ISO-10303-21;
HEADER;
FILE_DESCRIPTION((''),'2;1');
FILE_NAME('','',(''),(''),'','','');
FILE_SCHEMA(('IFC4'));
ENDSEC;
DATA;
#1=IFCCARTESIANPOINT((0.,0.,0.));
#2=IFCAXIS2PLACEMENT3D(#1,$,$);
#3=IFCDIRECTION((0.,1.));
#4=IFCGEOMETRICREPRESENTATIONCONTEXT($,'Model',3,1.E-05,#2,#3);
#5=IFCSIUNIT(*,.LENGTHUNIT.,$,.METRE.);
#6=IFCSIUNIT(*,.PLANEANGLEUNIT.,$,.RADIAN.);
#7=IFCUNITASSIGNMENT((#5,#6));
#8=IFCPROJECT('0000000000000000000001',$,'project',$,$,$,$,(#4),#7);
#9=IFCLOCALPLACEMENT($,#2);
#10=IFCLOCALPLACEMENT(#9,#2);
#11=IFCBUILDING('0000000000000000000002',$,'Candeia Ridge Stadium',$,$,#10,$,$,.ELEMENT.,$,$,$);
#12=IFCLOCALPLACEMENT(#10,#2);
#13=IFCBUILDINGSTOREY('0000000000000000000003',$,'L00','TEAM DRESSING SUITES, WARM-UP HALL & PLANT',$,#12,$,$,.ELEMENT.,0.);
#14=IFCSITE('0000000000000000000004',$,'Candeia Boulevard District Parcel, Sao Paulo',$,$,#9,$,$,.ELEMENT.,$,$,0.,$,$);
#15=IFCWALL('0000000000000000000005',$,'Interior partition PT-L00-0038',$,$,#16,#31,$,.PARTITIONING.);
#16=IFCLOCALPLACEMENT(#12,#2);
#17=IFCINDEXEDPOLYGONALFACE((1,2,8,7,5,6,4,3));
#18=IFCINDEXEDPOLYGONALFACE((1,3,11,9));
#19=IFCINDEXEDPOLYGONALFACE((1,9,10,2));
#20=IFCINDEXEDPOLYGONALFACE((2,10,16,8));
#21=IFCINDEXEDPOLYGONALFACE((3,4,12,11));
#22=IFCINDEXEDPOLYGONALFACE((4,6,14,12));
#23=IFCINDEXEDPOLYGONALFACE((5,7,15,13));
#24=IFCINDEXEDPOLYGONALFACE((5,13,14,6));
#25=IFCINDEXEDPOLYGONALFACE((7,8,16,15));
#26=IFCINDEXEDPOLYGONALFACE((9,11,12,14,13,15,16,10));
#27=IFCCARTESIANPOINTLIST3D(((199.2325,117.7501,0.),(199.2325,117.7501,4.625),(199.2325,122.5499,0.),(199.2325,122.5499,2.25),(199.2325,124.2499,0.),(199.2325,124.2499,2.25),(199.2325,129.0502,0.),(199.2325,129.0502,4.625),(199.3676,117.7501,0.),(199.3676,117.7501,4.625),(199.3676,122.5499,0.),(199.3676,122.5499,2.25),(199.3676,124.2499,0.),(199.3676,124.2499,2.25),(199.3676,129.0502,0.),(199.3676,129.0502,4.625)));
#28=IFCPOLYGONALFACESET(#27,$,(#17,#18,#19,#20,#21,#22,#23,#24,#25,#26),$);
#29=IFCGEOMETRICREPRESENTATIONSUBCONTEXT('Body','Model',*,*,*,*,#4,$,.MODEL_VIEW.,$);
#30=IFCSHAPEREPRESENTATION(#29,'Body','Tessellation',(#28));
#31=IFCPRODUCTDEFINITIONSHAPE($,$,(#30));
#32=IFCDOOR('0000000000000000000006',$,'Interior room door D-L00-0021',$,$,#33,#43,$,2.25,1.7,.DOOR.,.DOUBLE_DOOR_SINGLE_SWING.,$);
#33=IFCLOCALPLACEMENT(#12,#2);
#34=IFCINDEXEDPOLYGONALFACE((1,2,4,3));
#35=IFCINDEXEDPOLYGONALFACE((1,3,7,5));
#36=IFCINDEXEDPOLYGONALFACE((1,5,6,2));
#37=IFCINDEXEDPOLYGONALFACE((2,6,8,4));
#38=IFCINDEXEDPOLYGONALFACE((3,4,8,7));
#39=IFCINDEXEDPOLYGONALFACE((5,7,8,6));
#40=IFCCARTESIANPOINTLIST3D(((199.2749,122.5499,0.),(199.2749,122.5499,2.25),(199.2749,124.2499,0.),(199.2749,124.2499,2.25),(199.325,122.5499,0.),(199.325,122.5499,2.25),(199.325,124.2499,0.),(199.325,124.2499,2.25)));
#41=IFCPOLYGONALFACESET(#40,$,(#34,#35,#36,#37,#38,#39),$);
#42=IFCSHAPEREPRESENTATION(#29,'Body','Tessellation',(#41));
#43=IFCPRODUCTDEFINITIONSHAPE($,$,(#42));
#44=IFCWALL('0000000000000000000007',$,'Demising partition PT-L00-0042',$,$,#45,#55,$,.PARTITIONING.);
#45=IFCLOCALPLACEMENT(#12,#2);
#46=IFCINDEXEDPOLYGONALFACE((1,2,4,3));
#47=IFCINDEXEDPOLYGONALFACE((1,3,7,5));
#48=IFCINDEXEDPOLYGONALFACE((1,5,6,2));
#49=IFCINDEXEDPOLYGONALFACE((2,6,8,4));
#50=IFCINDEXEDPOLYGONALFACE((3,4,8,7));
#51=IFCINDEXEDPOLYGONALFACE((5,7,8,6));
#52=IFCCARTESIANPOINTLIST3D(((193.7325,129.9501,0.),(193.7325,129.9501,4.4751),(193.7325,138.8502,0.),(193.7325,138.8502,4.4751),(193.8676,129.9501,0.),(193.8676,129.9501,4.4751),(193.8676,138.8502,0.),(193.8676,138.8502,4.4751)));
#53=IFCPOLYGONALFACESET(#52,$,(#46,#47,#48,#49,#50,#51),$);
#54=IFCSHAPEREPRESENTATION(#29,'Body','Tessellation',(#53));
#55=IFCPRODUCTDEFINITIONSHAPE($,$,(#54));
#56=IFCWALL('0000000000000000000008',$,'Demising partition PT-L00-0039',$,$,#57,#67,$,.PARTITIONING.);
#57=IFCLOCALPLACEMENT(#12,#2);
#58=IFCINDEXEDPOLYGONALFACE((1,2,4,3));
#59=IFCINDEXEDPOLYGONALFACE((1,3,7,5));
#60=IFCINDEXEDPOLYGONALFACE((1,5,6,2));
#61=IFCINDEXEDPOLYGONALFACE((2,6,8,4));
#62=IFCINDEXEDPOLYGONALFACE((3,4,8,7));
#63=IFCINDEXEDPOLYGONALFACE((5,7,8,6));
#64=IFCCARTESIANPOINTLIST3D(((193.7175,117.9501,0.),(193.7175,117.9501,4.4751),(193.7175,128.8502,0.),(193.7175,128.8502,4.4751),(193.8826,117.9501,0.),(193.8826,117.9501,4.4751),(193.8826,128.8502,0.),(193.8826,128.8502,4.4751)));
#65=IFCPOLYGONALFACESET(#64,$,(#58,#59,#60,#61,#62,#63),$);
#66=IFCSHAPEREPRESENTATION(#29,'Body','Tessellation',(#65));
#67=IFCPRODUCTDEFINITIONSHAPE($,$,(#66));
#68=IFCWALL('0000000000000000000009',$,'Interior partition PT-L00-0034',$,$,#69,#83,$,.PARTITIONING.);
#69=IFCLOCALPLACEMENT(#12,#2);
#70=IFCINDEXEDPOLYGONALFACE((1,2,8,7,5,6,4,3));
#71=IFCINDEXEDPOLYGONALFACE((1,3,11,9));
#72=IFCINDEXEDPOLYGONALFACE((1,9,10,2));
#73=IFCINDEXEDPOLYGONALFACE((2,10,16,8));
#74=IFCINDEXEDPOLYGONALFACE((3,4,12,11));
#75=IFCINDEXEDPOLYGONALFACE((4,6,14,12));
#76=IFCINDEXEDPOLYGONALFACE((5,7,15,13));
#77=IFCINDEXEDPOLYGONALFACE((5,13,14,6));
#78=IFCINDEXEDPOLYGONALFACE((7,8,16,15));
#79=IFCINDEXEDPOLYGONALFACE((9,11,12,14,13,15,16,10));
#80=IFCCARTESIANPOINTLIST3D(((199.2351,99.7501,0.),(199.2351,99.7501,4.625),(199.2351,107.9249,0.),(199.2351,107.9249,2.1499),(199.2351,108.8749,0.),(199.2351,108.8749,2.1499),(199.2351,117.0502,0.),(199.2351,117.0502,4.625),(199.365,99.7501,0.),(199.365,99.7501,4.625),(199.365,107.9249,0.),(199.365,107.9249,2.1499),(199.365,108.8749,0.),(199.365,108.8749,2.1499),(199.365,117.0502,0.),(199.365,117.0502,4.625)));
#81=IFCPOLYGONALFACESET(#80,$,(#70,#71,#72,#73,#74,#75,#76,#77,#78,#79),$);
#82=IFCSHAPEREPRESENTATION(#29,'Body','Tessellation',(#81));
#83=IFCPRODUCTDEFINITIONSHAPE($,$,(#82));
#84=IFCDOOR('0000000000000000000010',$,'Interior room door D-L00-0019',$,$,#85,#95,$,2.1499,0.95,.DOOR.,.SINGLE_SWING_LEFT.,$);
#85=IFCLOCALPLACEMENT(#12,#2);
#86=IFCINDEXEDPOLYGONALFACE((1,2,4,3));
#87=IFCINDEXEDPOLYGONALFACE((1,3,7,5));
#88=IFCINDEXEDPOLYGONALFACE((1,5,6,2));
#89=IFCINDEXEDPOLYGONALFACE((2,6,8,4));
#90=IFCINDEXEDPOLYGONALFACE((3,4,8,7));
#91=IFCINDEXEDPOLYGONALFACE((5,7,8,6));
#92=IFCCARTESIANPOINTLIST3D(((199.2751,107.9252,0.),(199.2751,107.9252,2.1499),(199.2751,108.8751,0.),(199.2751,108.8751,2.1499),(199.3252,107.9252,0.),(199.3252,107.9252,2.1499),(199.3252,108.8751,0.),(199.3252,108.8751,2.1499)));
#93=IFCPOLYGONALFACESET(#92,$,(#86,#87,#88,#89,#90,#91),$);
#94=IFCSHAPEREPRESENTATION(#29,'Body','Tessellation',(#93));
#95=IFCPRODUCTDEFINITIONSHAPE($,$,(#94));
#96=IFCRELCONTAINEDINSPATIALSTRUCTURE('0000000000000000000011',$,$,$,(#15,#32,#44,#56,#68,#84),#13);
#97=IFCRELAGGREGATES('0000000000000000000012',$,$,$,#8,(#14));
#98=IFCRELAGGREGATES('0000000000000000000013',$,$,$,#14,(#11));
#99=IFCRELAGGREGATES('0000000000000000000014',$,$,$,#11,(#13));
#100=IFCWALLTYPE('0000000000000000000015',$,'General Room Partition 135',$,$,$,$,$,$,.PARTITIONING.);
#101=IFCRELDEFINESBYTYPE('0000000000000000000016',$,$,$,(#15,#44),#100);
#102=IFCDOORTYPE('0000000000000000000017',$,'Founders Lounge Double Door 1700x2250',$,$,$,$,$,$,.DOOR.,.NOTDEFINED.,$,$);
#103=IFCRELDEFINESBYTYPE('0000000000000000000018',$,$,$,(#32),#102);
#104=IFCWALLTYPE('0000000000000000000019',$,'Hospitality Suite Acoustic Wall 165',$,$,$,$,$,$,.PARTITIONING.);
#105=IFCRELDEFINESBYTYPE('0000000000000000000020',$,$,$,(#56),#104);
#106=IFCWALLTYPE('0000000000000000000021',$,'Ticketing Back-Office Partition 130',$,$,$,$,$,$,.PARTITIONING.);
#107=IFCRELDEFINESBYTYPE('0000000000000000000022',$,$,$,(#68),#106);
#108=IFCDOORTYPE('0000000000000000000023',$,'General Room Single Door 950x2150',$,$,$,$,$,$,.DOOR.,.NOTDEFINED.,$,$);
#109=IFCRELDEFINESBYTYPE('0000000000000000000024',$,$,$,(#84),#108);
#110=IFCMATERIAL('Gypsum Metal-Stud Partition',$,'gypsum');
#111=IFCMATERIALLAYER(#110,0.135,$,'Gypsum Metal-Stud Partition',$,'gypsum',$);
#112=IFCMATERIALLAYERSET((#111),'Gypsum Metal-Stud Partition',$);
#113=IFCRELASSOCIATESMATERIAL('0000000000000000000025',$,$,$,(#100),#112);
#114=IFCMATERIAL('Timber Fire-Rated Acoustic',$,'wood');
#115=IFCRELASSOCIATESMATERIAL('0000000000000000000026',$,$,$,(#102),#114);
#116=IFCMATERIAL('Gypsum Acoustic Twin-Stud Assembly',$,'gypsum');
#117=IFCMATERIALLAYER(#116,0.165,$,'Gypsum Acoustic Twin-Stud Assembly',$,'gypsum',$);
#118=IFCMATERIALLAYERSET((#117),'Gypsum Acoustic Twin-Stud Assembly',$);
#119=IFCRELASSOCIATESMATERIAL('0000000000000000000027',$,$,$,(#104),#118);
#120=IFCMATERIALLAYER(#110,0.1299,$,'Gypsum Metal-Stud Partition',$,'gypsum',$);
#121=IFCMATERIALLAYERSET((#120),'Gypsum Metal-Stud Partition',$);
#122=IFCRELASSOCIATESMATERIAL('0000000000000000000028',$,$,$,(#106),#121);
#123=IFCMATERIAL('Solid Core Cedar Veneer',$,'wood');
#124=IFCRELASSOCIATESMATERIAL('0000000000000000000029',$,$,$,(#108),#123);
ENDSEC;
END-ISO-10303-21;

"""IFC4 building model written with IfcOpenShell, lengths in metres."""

from ifc_helpers import new_model, si_unit, direction, frame, frame_2d, origin, place, context, subcontext, project, spatial, rectangle, extrude, material, layer, layer_set, type_object, element, fill, save


model = new_model("IFC4")

# Units and contexts
model_context = context("Model", 3, precision=1e-05, world=origin(), true_north=direction((0.0, 1.0)))
body_context = subcontext(model_context, "Body", "Model", "MODEL_VIEW")
ifc_project = project(units=[si_unit("LENGTHUNIT", "METRE"), si_unit("PLANEANGLEUNIT", "RADIAN")], contexts=[model_context])

# Site, building, storey
site_placement = place(None, origin())
site = spatial("IfcSite", under=ifc_project, at=site_placement, Name="Candeia Boulevard District Parcel, Sao Paulo", CompositionType="ELEMENT", RefElevation=0.0)
building_placement = place(site_placement, origin())
building = spatial("IfcBuilding", under=site, at=building_placement, Name="Candeia Ridge Stadium", CompositionType="ELEMENT")
storey_placement = place(building_placement, origin())
storey = spatial("IfcBuildingStorey", under=building, at=storey_placement, Name="L00", Description="TEAM DRESSING SUITES, WARM-UP HALL & PLANT", CompositionType="ELEMENT", Elevation=0.0)

# Wall, opening, door
ifc_material_1 = material(Name="Gypsum Acoustic Twin-Stud Assembly", Category="gypsum")
ifc_material_2 = material(Name="Gypsum Metal-Stud Partition", Category="gypsum")
ifc_layer_1 = layer(ifc_material_2, 0.135, Name="Gypsum Metal-Stud Partition", Category="gypsum")
ifc_layer_set_1 = layer_set([ifc_layer_1], Name="Gypsum Metal-Stud Partition")
wall_type_1 = type_object("IfcWallType", Name="General Room Partition 135", PredefinedType="PARTITIONING", material=ifc_layer_set_1)
wall_1_placement = place(storey_placement, frame((199.3, 129.05, 0.0), z_axis=(0.0, 0.0, 1.0), x_axis=(0.0, -1.0, 0.0)))
wall_1 = element("IfcWall", 1, at=wall_1_placement, inside=storey, type_object=wall_type_1, Name="Interior partition PT-L00-0038", PredefinedType="PARTITIONING", context=body_context, shape_type="SweptSolid", body=[
    extrude(rectangle(XDim=11.3, YDim=0.135, at=frame_2d((5.6499, 0.0))), origin(), (0.0, 0.0, 1.0), 4.625),
])
opening_1_placement = place(wall_1_placement, frame((4.8, 0.0, 0.0)))
opening_1 = element("IfcOpeningElement", 2, at=opening_1_placement, cuts=wall_1, PredefinedType="OPENING", context=body_context, shape_type="SweptSolid", body=[
    extrude(rectangle(XDim=1.7, YDim=2.25, at=frame_2d((0.8501, 1.125))), frame((0.0, 0.0774, 0.0), z_axis=(0.0, -1.0, 0.0), x_axis=(1.0, 0.0, 0.0)), (0.0, 0.0, 1.0), 0.155),
])
ifc_material_3 = material(Name="Timber Fire-Rated Acoustic", Category="wood")
door_type_1 = type_object("IfcDoorType", Name="Founders Lounge Double Door 1700x2250", OperationType="NOTDEFINED", PredefinedType="DOOR", material=ifc_material_3)
door_1_placement = place(opening_1_placement, origin())
door_1 = element("IfcDoor", 3, at=door_1_placement, inside=storey, type_object=door_type_1, Name="Interior room door D-L00-0021", OperationType="DOUBLE_DOOR_SINGLE_SWING", OverallHeight=2.25, OverallWidth=1.7, PredefinedType="DOOR", context=body_context, shape_type="SweptSolid", body=[
    extrude(rectangle(XDim=1.7, YDim=2.25, at=frame_2d((0.8501, 1.125))), frame((0.0, 0.0249, 0.0), z_axis=(0.0, -1.0, 0.0), x_axis=(1.0, 0.0, 0.0)), (0.0, 0.0, 1.0), 0.05),
])
fill(opening_1, door_1)

# Walls
wall_2_placement = place(storey_placement, frame((193.8, 129.95, 0.0), z_axis=(0.0, 0.0, 1.0), x_axis=(0.0, 1.0, 0.0)))
element("IfcWall", 4, at=wall_2_placement, inside=storey, type_object=wall_type_1, Name="Demising partition PT-L00-0042", PredefinedType="PARTITIONING", context=body_context, shape_type="SweptSolid", body=[
    extrude(rectangle(XDim=8.9001, YDim=0.135, at=frame_2d((4.4502, 0.0))), origin(), (0.0, 0.0, 1.0), 4.4751),
])
ifc_layer_2 = layer(ifc_material_1, 0.165, Name="Gypsum Acoustic Twin-Stud Assembly", Category="gypsum")
ifc_layer_set_2 = layer_set([ifc_layer_2], Name="Gypsum Acoustic Twin-Stud Assembly")
wall_type_2 = type_object("IfcWallType", Name="Hospitality Suite Acoustic Wall 165", PredefinedType="PARTITIONING", material=ifc_layer_set_2)
wall_3_placement = place(storey_placement, frame((193.8, 117.95, 0.0), z_axis=(0.0, 0.0, 1.0), x_axis=(0.0, 1.0, 0.0)))
element("IfcWall", 5, at=wall_3_placement, inside=storey, type_object=wall_type_2, Name="Demising partition PT-L00-0039", PredefinedType="PARTITIONING", context=body_context, shape_type="SweptSolid", body=[
    extrude(rectangle(XDim=10.9001, YDim=0.165, at=frame_2d((5.4502, 0.0))), origin(), (0.0, 0.0, 1.0), 4.4751),
])

# Wall, opening, door
ifc_layer_3 = layer(ifc_material_2, 0.1299, Name="Gypsum Metal-Stud Partition", Category="gypsum")
ifc_layer_set_3 = layer_set([ifc_layer_3], Name="Gypsum Metal-Stud Partition")
wall_type_3 = type_object("IfcWallType", Name="Ticketing Back-Office Partition 130", PredefinedType="PARTITIONING", material=ifc_layer_set_3)
wall_4_placement = place(storey_placement, frame((199.3, 117.05, 0.0), z_axis=(0.0, 0.0, 1.0), x_axis=(0.0, -1.0, 0.0)))
wall_4 = element("IfcWall", 6, at=wall_4_placement, inside=storey, type_object=wall_type_3, Name="Interior partition PT-L00-0034", PredefinedType="PARTITIONING", context=body_context, shape_type="SweptSolid", body=[
    extrude(rectangle(XDim=17.3, YDim=0.1299, at=frame_2d((8.6499, 0.0))), origin(), (0.0, 0.0, 1.0), 4.625),
])
opening_2_placement = place(wall_4_placement, frame((8.175, 0.0, 0.0)))
opening_2 = element("IfcOpeningElement", 7, at=opening_2_placement, cuts=wall_4, PredefinedType="OPENING", context=body_context, shape_type="SweptSolid", body=[
    extrude(rectangle(XDim=0.95, YDim=2.1499, at=frame_2d((0.4751, 1.075))), frame((0.0, 0.075, 0.0), z_axis=(0.0, -1.0, 0.0), x_axis=(1.0, 0.0, 0.0)), (0.0, 0.0, 1.0), 0.1499),
])
ifc_material_4 = material(Name="Solid Core Cedar Veneer", Category="wood")
door_type_2 = type_object("IfcDoorType", Name="General Room Single Door 950x2150", OperationType="NOTDEFINED", PredefinedType="DOOR", material=ifc_material_4)
door_2_placement = place(opening_2_placement, frame((0.95, 0.0, 0.0), z_axis=(0.0, 0.0, 1.0), x_axis=(-1.0, 0.0, 0.0)))
door_2 = element("IfcDoor", 8, at=door_2_placement, inside=storey, type_object=door_type_2, Name="Interior room door D-L00-0019", OperationType="SINGLE_SWING_LEFT", OverallHeight=2.1499, OverallWidth=0.95, PredefinedType="DOOR", context=body_context, shape_type="SweptSolid", body=[
    extrude(rectangle(XDim=0.95, YDim=2.1499, at=frame_2d((0.4751, 1.075))), frame((0.0, 0.0249, 0.0), z_axis=(0.0, -1.0, 0.0), x_axis=(1.0, 0.0, 0.0)), (0.0, 0.0, 1.0), 0.05),
])
fill(opening_2, door_2)

save(model, "model.ifc")
